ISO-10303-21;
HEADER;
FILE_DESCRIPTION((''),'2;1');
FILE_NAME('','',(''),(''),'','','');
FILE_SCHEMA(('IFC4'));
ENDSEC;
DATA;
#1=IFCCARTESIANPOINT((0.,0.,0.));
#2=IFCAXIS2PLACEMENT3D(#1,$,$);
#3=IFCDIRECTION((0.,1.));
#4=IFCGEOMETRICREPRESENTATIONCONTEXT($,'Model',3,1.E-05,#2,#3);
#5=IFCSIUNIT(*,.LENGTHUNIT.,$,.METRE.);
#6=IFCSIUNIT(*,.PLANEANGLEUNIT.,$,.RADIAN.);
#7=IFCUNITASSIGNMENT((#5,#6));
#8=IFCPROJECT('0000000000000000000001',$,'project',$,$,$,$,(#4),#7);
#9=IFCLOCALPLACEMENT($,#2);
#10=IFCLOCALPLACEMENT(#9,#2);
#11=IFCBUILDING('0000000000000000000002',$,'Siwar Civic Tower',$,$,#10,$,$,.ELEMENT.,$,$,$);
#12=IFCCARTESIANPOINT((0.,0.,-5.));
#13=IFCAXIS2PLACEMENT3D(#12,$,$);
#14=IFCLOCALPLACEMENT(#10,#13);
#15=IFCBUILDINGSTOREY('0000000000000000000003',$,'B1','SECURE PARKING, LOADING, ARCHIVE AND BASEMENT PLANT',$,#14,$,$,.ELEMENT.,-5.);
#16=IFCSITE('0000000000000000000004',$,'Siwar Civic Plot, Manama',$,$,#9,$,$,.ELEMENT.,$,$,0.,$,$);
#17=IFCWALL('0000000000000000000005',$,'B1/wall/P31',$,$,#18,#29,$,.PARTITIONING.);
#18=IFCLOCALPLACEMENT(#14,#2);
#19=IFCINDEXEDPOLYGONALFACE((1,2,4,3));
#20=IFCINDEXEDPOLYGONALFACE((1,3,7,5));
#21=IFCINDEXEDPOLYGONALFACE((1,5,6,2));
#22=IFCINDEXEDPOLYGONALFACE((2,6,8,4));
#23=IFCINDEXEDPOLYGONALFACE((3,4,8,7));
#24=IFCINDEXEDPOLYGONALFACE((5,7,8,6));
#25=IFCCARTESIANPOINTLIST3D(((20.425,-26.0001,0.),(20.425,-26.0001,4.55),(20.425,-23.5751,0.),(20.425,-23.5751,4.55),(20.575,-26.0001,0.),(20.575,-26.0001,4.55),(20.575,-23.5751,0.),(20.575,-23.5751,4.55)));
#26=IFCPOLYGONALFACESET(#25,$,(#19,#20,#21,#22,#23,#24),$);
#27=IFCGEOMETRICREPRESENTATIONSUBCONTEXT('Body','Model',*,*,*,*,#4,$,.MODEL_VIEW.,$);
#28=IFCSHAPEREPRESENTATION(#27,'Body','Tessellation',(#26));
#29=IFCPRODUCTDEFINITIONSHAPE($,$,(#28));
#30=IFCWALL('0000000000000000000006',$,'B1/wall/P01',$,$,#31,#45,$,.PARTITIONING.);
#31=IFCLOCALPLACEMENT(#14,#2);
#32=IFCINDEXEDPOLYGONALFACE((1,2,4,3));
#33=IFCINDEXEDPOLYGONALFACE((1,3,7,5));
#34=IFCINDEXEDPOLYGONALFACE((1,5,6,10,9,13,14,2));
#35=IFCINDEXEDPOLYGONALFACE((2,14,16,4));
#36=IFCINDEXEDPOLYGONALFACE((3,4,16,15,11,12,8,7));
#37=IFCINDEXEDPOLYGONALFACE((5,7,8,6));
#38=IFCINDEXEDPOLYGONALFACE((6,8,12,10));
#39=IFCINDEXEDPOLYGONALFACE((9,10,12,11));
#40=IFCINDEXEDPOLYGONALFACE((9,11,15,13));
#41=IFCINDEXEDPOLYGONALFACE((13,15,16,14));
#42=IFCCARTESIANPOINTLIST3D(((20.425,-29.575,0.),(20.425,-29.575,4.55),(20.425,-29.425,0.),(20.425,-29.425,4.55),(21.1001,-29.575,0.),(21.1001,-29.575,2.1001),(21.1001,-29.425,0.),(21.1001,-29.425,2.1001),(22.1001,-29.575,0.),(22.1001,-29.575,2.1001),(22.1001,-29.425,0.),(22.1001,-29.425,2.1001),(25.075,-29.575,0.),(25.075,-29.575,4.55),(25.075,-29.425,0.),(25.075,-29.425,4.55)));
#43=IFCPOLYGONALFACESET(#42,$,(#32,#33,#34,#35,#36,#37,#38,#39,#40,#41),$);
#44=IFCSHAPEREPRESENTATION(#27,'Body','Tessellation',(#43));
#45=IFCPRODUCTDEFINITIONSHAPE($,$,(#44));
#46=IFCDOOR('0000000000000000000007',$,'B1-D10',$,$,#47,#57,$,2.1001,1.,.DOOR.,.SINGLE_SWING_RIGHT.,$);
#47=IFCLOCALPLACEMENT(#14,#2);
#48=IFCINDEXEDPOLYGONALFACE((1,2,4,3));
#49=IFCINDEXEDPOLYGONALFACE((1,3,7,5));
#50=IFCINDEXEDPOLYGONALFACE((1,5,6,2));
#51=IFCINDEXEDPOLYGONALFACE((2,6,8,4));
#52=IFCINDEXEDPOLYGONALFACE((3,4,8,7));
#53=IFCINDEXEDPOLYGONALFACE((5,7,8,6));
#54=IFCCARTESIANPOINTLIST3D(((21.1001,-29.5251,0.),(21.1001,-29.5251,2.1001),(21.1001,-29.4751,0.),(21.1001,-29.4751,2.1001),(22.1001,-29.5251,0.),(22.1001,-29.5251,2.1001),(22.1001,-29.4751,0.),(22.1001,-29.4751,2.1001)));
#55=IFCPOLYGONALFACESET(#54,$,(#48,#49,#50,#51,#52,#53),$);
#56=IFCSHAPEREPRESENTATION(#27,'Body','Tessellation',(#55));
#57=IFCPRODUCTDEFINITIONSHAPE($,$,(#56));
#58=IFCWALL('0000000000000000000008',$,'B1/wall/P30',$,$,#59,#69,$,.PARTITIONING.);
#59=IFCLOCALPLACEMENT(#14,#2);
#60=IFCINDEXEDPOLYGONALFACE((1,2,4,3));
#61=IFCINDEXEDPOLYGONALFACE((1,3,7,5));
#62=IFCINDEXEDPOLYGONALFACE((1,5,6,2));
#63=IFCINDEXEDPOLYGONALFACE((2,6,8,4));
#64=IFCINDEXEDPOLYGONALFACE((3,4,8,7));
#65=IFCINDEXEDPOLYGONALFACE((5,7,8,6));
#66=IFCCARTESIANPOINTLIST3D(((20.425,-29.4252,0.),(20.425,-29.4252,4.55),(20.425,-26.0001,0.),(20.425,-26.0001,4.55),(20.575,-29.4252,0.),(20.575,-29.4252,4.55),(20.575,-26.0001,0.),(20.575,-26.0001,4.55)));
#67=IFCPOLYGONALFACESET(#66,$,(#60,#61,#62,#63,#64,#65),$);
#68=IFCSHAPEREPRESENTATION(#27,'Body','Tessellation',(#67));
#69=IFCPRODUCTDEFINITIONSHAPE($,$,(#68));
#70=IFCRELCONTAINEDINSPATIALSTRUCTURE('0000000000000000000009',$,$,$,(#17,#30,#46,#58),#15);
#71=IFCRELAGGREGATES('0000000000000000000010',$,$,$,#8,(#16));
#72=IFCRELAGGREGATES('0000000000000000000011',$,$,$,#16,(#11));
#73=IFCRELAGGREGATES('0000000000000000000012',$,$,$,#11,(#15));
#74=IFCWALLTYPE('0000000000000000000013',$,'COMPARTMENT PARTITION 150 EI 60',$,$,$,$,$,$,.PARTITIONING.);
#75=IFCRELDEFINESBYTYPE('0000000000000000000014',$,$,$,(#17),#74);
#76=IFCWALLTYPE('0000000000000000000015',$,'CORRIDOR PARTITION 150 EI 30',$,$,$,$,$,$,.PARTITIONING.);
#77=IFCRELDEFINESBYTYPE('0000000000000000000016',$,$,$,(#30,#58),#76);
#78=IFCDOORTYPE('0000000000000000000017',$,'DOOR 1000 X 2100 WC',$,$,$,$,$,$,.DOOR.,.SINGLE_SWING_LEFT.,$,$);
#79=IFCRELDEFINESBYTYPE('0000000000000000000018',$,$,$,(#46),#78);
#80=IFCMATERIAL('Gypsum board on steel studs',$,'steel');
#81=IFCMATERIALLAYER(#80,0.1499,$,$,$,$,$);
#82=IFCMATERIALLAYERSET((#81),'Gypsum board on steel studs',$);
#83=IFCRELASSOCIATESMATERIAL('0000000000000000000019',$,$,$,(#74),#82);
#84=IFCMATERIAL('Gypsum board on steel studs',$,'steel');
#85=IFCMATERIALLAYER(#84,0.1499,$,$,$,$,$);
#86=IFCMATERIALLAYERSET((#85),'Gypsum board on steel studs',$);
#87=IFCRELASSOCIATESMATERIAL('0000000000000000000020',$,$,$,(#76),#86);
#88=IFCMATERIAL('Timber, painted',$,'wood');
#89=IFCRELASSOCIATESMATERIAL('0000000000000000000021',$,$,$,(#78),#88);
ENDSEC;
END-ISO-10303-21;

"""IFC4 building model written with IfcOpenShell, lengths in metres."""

from ifc_helpers import new_model, si_unit, direction, frame, frame_2d, origin, place, context, subcontext, project, spatial, rectangle, extrude, material, layer, layer_set, type_object, element, fill, save


model = new_model("IFC4")

# Units and contexts
model_context = context("Model", 3, precision=1e-05, world=origin(), true_north=direction((0.0, 1.0)))
body_context = subcontext(model_context, "Body", "Model", "MODEL_VIEW")
ifc_project = project(units=[si_unit("LENGTHUNIT", "METRE"), si_unit("PLANEANGLEUNIT", "RADIAN")], contexts=[model_context])

# Site, building, storey
site_placement = place(None, origin())
site = spatial("IfcSite", under=ifc_project, at=site_placement, Name="Siwar Civic Plot, Manama", CompositionType="ELEMENT", RefElevation=0.0)
building_placement = place(site_placement, origin())
building = spatial("IfcBuilding", under=site, at=building_placement, Name="Siwar Civic Tower", CompositionType="ELEMENT")
storey_placement = place(building_placement, frame((0.0, 0.0, -5.0)))
storey = spatial("IfcBuildingStorey", under=building, at=storey_placement, Name="B1", Description="SECURE PARKING, LOADING, ARCHIVE AND BASEMENT PLANT", CompositionType="ELEMENT", Elevation=-5.0)

# Shared definitions
ifc_material_1 = material(Name="Gypsum board on steel studs", Category="steel")
ifc_layer_1 = layer(ifc_material_1, 0.1499)
ifc_layer_set_1 = layer_set([ifc_layer_1], Name="Gypsum board on steel studs")
wall_type_1 = type_object("IfcWallType", Name="COMPARTMENT PARTITION 150 EI 60", PredefinedType="PARTITIONING", material=ifc_layer_set_1)

# Wall
wall_1_placement = place(storey_placement, frame((20.5, -26.0, 0.0), z_axis=(0.0, 0.0, 1.0), x_axis=(0.0, 1.0, 0.0)))
element("IfcWall", 1, at=wall_1_placement, inside=storey, type_object=wall_type_1, Name="B1/wall/P31", PredefinedType="PARTITIONING", context=body_context, shape_type="SweptSolid", body=[
    extrude(rectangle(XDim=2.425, YDim=0.1499, at=frame_2d((1.2124, 0.0))), origin(), (0.0, 0.0, 1.0), 4.55),
])

# Wall, opening, door
ifc_material_2 = material(Name="Gypsum board on steel studs", Category="steel")
ifc_layer_2 = layer(ifc_material_2, 0.1499)
ifc_layer_set_2 = layer_set([ifc_layer_2], Name="Gypsum board on steel studs")
wall_type_2 = type_object("IfcWallType", Name="CORRIDOR PARTITION 150 EI 30", PredefinedType="PARTITIONING", material=ifc_layer_set_2)
wall_2_placement = place(storey_placement, frame((20.425, -29.5, 0.0), z_axis=(0.0, 0.0, 1.0), x_axis=(1.0, 0.0, 0.0)))
wall_2 = element("IfcWall", 2, at=wall_2_placement, inside=storey, type_object=wall_type_2, Name="B1/wall/P01", PredefinedType="PARTITIONING", context=body_context, shape_type="SweptSolid", body=[
    extrude(rectangle(XDim=4.6499, YDim=0.1499, at=frame_2d((2.325, 0.0))), origin(), (0.0, 0.0, 1.0), 4.55),
])
opening_1_placement = place(wall_2_placement, frame((0.675, 0.0, 0.0)))
opening_1 = element("IfcOpeningElement", 3, at=opening_1_placement, cuts=wall_2, PredefinedType="OPENING", context=body_context, shape_type="SweptSolid", body=[
    extrude(rectangle(XDim=1.0, YDim=2.1001, at=frame_2d((0.5, 1.05))), frame((0.0, 0.085, 0.0), z_axis=(0.0, -1.0, 0.0), x_axis=(1.0, 0.0, 0.0)), (0.0, 0.0, 1.0), 0.1699),
])
ifc_material_3 = material(Name="Timber, painted", Category="wood")
door_type_1 = type_object("IfcDoorType", Name="DOOR 1000 X 2100 WC", OperationType="SINGLE_SWING_LEFT", PredefinedType="DOOR", material=ifc_material_3)
door_1_placement = place(opening_1_placement, origin())
door_1 = element("IfcDoor", 4, at=door_1_placement, inside=storey, type_object=door_type_1, Name="B1-D10", OperationType="SINGLE_SWING_RIGHT", OverallHeight=2.1001, OverallWidth=1.0, PredefinedType="DOOR", context=body_context, shape_type="SweptSolid", body=[
    extrude(rectangle(XDim=1.0, YDim=2.1001, at=frame_2d((0.5, 1.05))), frame((0.0, 0.0249, 0.0), z_axis=(0.0, -1.0, 0.0), x_axis=(1.0, 0.0, 0.0)), (0.0, 0.0, 1.0), 0.05),
])
fill(opening_1, door_1)

# Wall
wall_3_placement = place(storey_placement, frame((20.5, -29.425, 0.0), z_axis=(0.0, 0.0, 1.0), x_axis=(0.0, 1.0, 0.0)))
element("IfcWall", 5, at=wall_3_placement, inside=storey, type_object=wall_type_2, Name="B1/wall/P30", PredefinedType="PARTITIONING", context=body_context, shape_type="SweptSolid", body=[
    extrude(rectangle(XDim=3.425, YDim=0.1499, at=frame_2d((1.7124, 0.0))), origin(), (0.0, 0.0, 1.0), 4.55),
])

save(model, "model.ifc")
